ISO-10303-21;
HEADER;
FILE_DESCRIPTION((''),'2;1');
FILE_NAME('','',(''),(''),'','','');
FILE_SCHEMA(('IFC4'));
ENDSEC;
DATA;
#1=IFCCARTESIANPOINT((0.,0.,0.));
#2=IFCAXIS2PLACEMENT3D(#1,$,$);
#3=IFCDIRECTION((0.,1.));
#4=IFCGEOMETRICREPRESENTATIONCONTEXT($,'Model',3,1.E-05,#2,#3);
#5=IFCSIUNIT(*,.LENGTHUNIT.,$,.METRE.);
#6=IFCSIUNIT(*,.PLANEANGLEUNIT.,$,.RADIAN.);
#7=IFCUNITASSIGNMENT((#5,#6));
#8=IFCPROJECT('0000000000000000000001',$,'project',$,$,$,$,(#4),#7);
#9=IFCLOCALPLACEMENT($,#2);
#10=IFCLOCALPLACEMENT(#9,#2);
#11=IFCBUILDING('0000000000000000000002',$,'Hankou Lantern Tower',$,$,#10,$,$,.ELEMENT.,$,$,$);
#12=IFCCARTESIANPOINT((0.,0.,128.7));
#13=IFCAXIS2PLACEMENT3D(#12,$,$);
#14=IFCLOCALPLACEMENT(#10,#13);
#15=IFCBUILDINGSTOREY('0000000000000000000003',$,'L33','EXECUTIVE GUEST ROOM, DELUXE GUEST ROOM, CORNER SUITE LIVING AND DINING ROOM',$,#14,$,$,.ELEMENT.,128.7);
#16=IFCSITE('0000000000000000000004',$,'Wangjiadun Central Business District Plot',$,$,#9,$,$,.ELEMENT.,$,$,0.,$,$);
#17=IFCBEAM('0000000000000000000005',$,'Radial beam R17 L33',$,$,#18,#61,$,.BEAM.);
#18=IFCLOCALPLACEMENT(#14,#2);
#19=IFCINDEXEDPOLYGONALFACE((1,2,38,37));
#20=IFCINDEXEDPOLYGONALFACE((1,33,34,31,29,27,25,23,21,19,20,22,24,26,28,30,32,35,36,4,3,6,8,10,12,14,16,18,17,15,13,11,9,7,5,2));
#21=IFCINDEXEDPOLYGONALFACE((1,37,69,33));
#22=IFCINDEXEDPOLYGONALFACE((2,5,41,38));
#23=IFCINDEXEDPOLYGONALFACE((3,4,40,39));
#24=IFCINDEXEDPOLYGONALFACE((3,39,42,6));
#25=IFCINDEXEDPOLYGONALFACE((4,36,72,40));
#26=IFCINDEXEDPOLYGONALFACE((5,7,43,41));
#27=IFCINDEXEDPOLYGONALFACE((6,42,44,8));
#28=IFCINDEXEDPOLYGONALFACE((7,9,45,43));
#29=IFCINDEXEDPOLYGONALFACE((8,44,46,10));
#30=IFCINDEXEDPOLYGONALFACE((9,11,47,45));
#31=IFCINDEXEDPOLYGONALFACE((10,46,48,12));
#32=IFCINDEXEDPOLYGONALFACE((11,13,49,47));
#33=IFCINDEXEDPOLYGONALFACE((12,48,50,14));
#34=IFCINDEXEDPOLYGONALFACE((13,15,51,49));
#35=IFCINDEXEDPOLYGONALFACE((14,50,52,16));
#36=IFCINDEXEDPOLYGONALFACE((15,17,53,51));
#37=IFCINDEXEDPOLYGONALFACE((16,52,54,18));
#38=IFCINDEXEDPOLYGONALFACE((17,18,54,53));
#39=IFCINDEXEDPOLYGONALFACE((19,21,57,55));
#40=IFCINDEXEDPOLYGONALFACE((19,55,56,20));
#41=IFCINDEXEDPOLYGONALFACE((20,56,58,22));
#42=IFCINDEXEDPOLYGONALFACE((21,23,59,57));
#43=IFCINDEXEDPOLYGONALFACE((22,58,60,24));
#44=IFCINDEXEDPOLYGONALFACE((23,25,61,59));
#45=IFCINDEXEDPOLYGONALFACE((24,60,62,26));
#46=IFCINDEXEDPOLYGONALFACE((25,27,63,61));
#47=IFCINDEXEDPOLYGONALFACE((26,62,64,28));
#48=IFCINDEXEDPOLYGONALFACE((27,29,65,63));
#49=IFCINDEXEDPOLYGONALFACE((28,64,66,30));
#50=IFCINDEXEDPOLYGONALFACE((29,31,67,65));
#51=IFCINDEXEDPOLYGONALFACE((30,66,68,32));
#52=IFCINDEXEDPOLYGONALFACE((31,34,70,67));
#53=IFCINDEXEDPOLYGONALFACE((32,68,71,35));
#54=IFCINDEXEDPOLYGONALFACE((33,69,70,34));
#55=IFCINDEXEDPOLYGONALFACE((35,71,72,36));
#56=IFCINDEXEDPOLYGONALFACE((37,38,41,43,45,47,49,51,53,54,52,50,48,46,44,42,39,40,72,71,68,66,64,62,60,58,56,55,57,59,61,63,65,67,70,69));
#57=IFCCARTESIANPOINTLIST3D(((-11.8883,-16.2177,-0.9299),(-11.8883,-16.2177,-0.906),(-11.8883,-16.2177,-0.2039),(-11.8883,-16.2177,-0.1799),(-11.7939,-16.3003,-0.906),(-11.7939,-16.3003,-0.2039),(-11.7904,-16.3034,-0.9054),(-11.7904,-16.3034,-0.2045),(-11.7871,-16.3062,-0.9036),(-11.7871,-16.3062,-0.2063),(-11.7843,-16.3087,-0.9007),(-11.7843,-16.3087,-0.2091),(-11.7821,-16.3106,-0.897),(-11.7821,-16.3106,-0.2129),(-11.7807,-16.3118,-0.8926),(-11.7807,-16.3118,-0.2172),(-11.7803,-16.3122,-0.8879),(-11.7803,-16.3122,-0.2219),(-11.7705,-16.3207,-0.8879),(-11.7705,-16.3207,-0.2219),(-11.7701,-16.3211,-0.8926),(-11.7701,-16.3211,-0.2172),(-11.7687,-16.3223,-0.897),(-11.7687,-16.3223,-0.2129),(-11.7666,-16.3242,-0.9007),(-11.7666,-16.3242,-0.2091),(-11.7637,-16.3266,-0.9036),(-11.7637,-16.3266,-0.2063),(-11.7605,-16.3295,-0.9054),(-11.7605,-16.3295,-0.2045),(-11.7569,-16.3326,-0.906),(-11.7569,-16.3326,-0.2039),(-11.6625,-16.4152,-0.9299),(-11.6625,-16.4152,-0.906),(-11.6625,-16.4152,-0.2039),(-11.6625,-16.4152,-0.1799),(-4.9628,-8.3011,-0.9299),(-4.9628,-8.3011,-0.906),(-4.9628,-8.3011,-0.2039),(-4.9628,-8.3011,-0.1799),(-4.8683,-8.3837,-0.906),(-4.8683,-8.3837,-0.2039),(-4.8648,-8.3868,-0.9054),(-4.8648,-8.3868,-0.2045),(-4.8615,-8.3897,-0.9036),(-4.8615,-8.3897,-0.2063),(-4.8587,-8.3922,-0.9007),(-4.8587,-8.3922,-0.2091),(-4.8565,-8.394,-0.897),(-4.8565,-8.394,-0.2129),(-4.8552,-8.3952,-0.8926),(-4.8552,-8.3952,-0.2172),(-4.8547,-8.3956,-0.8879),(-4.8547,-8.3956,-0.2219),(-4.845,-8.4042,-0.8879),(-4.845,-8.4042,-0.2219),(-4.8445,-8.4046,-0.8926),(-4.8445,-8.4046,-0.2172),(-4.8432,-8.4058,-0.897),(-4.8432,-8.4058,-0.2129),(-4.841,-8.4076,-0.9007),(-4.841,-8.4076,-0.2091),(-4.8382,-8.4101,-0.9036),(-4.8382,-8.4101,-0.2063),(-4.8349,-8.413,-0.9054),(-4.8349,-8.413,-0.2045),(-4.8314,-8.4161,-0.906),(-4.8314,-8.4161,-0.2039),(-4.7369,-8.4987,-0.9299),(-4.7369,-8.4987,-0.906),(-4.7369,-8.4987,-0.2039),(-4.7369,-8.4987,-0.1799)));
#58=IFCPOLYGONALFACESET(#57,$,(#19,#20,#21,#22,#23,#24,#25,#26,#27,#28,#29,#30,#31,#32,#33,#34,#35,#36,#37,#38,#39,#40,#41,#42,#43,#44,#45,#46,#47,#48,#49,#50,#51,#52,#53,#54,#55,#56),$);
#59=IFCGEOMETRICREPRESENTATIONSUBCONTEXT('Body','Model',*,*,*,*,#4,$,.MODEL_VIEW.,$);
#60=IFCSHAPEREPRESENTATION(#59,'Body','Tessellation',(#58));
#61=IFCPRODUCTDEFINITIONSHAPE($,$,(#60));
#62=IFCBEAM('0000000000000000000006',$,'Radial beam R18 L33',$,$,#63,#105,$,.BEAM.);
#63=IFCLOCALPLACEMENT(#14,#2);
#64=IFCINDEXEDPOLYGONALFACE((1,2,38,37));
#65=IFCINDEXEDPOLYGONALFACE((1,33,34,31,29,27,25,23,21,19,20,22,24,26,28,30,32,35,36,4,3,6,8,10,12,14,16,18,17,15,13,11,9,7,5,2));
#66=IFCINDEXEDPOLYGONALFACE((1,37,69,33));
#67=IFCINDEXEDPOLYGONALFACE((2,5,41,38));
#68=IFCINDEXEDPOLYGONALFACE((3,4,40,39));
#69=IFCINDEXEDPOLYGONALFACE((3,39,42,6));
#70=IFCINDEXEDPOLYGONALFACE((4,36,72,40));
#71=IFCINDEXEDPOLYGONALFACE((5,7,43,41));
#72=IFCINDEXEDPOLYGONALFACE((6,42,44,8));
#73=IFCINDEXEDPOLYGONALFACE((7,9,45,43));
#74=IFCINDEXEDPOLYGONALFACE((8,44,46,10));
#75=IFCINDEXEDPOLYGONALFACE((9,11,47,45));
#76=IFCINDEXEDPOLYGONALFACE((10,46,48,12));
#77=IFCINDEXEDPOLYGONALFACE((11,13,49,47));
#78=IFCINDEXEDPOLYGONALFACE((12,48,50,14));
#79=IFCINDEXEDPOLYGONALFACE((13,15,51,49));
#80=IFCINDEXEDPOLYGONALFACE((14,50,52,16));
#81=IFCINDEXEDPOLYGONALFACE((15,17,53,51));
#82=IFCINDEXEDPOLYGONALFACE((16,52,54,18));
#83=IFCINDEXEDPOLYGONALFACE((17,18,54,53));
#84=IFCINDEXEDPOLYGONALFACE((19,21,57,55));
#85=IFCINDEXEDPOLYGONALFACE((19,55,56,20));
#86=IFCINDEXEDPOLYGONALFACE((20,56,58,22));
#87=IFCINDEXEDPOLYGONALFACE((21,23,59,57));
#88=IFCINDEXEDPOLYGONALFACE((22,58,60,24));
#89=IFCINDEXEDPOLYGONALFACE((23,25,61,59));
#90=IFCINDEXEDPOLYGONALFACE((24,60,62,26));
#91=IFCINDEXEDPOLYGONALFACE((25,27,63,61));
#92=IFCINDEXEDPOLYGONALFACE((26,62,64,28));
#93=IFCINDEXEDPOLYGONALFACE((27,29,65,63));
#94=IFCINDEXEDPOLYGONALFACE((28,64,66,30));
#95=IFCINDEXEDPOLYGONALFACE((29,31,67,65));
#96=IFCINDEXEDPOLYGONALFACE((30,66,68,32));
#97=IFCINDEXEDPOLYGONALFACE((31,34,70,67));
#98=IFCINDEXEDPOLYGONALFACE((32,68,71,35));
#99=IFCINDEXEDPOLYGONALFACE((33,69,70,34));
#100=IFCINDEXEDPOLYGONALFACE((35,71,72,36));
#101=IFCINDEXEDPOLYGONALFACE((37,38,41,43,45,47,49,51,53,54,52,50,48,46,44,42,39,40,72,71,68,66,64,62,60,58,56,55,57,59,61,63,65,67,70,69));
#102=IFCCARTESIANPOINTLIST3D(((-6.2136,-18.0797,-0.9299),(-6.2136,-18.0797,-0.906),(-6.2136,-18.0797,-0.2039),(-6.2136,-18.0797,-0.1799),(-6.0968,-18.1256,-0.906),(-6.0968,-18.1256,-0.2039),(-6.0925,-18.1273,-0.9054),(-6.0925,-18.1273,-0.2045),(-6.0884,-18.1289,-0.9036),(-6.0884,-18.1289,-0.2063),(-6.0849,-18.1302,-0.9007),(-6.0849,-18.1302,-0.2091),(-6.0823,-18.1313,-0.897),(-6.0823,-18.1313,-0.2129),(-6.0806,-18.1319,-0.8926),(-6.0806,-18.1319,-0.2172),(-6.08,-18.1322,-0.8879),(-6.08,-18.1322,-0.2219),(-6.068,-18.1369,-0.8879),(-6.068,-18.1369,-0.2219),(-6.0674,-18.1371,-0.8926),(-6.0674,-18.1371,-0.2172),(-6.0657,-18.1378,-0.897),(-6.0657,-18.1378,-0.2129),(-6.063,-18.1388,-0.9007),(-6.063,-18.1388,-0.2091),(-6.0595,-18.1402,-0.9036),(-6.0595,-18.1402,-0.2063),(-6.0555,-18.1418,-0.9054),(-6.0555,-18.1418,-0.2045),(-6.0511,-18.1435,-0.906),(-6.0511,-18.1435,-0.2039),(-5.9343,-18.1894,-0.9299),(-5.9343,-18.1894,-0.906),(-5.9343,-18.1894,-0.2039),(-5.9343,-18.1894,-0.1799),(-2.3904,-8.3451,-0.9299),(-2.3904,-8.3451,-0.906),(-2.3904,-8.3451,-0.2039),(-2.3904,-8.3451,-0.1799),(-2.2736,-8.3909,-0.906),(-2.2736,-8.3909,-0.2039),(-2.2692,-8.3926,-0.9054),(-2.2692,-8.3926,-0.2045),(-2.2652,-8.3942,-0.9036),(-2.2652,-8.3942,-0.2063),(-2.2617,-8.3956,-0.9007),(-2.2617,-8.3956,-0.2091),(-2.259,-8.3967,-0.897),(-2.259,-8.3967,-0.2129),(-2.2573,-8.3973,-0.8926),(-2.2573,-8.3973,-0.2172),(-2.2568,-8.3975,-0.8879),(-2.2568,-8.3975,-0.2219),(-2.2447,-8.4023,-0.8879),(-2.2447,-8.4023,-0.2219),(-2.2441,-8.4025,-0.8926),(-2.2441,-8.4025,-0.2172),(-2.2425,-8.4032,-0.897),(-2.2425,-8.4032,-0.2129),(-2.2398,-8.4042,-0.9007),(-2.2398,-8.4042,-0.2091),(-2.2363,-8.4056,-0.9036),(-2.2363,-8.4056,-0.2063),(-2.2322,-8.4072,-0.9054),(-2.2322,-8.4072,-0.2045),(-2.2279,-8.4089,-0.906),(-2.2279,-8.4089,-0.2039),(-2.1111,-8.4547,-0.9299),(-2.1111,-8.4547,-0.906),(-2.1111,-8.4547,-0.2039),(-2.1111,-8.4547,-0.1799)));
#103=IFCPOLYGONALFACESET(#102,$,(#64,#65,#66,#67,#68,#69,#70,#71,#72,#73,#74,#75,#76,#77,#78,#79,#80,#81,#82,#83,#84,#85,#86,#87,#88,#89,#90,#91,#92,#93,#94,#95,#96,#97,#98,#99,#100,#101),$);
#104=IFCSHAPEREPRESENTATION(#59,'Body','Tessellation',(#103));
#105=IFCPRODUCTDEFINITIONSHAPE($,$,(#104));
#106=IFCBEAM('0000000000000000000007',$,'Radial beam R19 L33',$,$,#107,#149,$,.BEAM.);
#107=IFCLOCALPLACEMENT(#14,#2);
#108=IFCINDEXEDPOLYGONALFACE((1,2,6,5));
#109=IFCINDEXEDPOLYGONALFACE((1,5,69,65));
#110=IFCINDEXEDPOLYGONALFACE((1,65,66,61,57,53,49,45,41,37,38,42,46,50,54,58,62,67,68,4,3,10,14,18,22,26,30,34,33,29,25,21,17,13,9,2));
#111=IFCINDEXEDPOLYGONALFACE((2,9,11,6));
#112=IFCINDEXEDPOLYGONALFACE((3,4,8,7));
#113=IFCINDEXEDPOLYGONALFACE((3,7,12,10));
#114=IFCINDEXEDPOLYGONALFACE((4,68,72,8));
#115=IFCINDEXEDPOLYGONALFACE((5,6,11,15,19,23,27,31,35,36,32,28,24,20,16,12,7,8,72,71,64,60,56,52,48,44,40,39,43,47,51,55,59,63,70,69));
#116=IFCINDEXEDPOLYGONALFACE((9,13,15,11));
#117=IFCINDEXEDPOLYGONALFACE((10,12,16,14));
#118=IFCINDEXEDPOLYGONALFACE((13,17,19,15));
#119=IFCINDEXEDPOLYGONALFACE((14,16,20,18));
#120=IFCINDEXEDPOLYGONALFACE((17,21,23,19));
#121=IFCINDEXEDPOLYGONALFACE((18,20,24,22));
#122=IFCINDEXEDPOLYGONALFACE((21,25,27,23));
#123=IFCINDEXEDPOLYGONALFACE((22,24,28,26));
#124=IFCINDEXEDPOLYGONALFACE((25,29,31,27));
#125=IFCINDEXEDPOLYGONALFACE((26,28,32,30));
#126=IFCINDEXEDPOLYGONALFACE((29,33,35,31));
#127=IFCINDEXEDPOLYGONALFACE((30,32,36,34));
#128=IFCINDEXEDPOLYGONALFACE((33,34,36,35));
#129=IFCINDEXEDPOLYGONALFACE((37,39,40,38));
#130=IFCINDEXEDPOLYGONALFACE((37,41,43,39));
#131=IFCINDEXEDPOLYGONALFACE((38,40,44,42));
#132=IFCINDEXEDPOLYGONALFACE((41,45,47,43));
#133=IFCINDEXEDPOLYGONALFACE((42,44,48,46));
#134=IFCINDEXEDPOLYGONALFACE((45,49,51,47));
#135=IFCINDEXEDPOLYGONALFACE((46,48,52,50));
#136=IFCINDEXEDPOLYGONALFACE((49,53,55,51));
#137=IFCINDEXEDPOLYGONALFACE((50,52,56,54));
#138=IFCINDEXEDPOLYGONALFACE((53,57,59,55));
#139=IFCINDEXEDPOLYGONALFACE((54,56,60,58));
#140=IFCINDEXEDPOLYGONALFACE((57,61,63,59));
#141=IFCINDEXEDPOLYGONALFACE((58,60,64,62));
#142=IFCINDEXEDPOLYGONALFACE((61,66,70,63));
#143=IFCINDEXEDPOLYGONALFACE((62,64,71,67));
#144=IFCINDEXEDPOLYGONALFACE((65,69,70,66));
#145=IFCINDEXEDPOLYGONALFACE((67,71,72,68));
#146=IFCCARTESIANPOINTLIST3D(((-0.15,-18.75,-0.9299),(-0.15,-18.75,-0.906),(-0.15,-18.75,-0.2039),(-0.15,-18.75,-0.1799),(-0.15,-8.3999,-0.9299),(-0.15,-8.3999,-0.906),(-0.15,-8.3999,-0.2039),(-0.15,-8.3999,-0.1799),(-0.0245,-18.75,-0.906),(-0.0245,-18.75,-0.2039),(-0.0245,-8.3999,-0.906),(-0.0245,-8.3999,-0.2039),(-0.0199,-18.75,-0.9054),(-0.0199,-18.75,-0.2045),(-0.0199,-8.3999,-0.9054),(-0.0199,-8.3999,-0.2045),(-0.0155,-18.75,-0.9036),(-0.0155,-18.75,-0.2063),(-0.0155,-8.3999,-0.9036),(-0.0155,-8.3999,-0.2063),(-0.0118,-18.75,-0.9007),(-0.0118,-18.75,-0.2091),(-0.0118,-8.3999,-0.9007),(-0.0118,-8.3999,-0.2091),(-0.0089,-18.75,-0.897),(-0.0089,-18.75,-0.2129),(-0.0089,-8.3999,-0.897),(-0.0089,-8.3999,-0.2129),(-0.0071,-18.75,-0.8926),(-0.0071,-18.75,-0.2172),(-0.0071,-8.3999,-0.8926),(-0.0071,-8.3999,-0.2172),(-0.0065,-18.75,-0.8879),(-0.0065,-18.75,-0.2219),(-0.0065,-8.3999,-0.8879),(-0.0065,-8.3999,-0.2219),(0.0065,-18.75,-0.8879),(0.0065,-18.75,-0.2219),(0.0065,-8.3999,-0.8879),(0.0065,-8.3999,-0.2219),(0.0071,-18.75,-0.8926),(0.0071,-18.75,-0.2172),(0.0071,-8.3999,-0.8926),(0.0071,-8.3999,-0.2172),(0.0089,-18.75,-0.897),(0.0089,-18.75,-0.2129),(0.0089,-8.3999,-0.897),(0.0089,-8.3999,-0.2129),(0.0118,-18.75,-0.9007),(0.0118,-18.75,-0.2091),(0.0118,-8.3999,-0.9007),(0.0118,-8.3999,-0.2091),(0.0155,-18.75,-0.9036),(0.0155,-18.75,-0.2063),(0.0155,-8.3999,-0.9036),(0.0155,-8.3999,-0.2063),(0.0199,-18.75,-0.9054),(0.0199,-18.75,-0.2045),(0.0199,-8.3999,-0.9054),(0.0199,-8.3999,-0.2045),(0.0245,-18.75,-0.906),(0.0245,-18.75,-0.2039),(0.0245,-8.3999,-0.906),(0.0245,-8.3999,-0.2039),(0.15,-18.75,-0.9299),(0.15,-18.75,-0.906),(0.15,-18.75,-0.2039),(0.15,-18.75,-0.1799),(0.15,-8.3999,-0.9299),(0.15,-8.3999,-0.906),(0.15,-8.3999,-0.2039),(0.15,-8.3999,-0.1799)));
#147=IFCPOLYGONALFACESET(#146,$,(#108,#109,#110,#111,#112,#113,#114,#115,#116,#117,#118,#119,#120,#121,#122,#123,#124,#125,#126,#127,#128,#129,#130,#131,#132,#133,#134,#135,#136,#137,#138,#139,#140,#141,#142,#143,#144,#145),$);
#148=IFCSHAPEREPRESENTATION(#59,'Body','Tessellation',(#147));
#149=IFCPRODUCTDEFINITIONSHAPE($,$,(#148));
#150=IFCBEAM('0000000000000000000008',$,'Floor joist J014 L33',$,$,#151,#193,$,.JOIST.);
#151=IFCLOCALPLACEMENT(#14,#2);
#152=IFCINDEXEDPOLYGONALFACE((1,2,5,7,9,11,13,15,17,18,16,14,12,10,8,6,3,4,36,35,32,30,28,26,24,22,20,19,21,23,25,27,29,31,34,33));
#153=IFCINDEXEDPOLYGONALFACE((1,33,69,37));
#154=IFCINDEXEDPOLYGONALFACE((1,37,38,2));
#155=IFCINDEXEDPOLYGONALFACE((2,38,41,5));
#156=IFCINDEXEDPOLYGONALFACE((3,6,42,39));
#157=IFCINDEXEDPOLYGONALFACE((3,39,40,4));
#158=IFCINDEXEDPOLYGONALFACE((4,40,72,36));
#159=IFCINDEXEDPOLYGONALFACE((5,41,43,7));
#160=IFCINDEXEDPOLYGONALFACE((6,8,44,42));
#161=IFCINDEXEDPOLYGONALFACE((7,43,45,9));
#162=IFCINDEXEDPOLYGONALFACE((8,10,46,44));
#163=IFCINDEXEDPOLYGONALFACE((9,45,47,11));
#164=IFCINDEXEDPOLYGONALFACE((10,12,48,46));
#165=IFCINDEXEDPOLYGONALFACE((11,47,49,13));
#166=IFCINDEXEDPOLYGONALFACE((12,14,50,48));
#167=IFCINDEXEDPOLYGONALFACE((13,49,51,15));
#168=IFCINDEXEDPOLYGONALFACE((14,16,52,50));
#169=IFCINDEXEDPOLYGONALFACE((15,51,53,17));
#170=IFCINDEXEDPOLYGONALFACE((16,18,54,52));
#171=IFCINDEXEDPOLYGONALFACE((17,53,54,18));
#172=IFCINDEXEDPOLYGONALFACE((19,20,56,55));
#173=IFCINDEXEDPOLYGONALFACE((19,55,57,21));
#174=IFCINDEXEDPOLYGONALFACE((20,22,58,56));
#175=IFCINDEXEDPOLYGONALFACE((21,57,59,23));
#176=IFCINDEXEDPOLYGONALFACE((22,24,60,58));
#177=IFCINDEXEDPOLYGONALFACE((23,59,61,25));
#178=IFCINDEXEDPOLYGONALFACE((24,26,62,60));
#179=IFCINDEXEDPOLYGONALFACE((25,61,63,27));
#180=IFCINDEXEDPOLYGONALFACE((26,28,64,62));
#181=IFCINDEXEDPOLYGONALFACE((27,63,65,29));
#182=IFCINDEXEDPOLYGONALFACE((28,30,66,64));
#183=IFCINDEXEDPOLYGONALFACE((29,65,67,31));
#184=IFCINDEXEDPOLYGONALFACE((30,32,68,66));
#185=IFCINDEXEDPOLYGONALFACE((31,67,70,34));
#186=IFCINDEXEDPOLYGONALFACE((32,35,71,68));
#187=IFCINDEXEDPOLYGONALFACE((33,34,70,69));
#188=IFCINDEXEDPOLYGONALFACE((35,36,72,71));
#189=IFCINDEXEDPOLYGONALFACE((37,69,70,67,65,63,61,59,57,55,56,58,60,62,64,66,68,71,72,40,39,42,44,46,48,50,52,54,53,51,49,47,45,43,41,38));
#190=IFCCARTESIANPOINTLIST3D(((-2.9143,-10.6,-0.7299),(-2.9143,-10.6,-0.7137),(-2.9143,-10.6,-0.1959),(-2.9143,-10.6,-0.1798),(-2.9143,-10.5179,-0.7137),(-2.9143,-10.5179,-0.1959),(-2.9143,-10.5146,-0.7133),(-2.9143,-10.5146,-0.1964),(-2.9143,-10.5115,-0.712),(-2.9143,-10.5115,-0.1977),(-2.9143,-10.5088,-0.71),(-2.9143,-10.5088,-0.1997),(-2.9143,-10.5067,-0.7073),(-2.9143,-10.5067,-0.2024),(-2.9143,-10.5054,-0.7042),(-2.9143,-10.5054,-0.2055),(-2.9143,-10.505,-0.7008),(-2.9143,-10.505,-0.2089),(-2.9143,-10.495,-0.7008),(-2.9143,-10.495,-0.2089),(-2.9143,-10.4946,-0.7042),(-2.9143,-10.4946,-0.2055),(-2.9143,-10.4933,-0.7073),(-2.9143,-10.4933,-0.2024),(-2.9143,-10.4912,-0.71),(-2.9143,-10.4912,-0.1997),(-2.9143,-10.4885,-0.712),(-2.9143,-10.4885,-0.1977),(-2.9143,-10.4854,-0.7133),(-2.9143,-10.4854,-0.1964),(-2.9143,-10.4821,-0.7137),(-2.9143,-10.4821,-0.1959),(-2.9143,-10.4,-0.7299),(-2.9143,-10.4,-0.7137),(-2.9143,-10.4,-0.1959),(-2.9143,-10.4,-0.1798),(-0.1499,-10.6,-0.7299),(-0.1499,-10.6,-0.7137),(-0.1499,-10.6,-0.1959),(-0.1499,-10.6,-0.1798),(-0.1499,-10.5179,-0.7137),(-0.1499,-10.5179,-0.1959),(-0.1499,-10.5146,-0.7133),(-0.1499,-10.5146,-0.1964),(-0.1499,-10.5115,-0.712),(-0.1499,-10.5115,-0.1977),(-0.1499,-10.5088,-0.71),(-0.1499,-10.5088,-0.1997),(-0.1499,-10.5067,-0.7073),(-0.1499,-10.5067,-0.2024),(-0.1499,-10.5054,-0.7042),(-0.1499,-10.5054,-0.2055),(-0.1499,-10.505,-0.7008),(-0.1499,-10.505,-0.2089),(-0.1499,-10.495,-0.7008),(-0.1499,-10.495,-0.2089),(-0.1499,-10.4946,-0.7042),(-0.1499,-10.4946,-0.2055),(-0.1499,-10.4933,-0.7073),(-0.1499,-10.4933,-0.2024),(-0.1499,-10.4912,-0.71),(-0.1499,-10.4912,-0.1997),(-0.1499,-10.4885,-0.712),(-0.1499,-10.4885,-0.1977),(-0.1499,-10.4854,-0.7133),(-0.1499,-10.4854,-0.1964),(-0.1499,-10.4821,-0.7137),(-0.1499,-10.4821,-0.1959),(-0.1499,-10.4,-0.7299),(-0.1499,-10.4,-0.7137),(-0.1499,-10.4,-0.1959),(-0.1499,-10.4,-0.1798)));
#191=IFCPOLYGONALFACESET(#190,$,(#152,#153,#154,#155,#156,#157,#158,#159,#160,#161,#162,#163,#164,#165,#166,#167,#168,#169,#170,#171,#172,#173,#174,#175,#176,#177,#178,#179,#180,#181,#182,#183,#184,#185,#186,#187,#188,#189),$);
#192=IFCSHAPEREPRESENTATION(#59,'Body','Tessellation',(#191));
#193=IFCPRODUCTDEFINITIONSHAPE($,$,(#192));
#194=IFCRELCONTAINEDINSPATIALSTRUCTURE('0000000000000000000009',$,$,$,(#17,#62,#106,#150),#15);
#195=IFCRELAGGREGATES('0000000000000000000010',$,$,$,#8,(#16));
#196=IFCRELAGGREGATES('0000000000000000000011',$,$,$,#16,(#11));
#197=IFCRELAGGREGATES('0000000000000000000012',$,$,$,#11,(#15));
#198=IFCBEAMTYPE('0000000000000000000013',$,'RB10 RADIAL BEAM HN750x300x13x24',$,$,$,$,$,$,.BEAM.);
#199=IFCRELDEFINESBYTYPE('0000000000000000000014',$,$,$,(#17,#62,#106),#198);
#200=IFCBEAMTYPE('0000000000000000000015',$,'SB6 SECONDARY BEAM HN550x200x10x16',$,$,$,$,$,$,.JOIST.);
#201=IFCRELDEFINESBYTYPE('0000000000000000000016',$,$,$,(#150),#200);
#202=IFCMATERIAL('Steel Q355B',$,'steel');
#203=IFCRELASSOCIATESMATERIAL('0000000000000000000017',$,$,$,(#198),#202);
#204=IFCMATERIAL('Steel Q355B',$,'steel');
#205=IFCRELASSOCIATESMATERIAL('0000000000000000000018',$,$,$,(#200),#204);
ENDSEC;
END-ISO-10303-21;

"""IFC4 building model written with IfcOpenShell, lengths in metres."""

from ifc_helpers import new_model, si_unit, direction, frame, origin, origin_2d, place, context, subcontext, project, spatial, i_section, extrude, material, material_profile, profile_set, type_object, element, save


model = new_model("IFC4")

# Units and contexts
model_context = context("Model", 3, precision=1e-05, world=origin(), true_north=direction((0.0, 1.0)))
body_context = subcontext(model_context, "Body", "Model", "MODEL_VIEW")
ifc_project = project(units=[si_unit("LENGTHUNIT", "METRE"), si_unit("PLANEANGLEUNIT", "RADIAN")], contexts=[model_context])

# Site, building, storey
site_placement = place(None, origin())
site = spatial("IfcSite", under=ifc_project, at=site_placement, Name="Wangjiadun Central Business District Plot", CompositionType="ELEMENT", RefElevation=0.0)
building_placement = place(site_placement, origin())
building = spatial("IfcBuilding", under=site, at=building_placement, Name="Hankou Lantern Tower", CompositionType="ELEMENT")
storey_placement = place(building_placement, frame((0.0, 0.0, 128.7)))
storey = spatial("IfcBuildingStorey", under=building, at=storey_placement, Name="L33", Description="EXECUTIVE GUEST ROOM, DELUXE GUEST ROOM, CORNER SUITE LIVING AND DINING ROOM", CompositionType="ELEMENT", Elevation=128.7)

# Beams
ifc_material_1 = material(Name="Steel Q355B", Category="steel")
ifc_material_profile_1 = material_profile(ifc_material_1, i_section(OverallWidth=0.3, OverallDepth=0.75, WebThickness=0.0129, FlangeThickness=0.0239, FilletRadius=0.0181, at=origin_2d()), Name="HN750x300x13x24")
ifc_profile_set_1 = profile_set([ifc_material_profile_1], Name="Steel Q355B")
beam_type_1 = type_object("IfcBeamType", Name="RB10 RADIAL BEAM HN750x300x13x24", PredefinedType="BEAM", material=ifc_profile_set_1)
beam_1_placement = place(storey_placement, frame((-4.8499, -8.3999, -0.5549), z_axis=(-0.658429, -0.752643, 0.0), x_axis=(0.752643, -0.658429, 0.0)))
element("IfcBeam", 1, at=beam_1_placement, inside=storey, type_object=beam_type_1, Name="Radial beam R17 L33", PredefinedType="BEAM", context=body_context, shape_type="SweptSolid", body=[
    extrude(i_section(OverallWidth=0.3, OverallDepth=0.75, WebThickness=0.0129, FlangeThickness=0.0239, FilletRadius=0.0181, at=origin_2d()), origin(), (0.0, 0.0, 1.0), 10.5183),
])
beam_2_placement = place(storey_placement, frame((-2.2507, -8.3999, -0.5549), z_axis=(-0.365564, -0.930786, 0.0), x_axis=(0.930786, -0.365564, 0.0)))
element("IfcBeam", 2, at=beam_2_placement, inside=storey, type_object=beam_type_1, Name="Radial beam R18 L33", PredefinedType="BEAM", context=body_context, shape_type="SweptSolid", body=[
    extrude(i_section(OverallWidth=0.3, OverallDepth=0.75, WebThickness=0.0129, FlangeThickness=0.0239, FilletRadius=0.0181, at=origin_2d()), origin(), (0.0, 0.0, 1.0), 10.4585),
])
beam_3_placement = place(storey_placement, frame((0.0, -8.3999, -0.5549), z_axis=(0.0, -1.0, 0.0), x_axis=(1.0, 0.0, 0.0)))
element("IfcBeam", 3, at=beam_3_placement, inside=storey, type_object=beam_type_1, Name="Radial beam R19 L33", PredefinedType="BEAM", context=body_context, shape_type="SweptSolid", body=[
    extrude(i_section(OverallWidth=0.3, OverallDepth=0.75, WebThickness=0.0129, FlangeThickness=0.0239, FilletRadius=0.0181, at=origin_2d()), origin(), (0.0, 0.0, 1.0), 10.3501),
])
ifc_material_2 = material(Name="Steel Q355B", Category="steel")
ifc_material_profile_2 = material_profile(ifc_material_2, i_section(OverallWidth=0.2, OverallDepth=0.55, WebThickness=0.01, FlangeThickness=0.0161, FilletRadius=0.0129, at=origin_2d()), Name="HN550x200x10x16")
ifc_profile_set_2 = profile_set([ifc_material_profile_2], Name="Steel Q355B")
beam_type_2 = type_object("IfcBeamType", Name="SB6 SECONDARY BEAM HN550x200x10x16", PredefinedType="JOIST", material=ifc_profile_set_2)
beam_4_placement = place(storey_placement, frame((-2.9143, -10.5, -0.4548), z_axis=(1.0, 0.0, 0.0), x_axis=(0.0, 1.0, 0.0)))
element("IfcBeam", 4, at=beam_4_placement, inside=storey, type_object=beam_type_2, Name="Floor joist J014 L33", PredefinedType="JOIST", context=body_context, shape_type="SweptSolid", body=[
    extrude(i_section(OverallWidth=0.2, OverallDepth=0.55, WebThickness=0.01, FlangeThickness=0.0161, FilletRadius=0.0129, at=origin_2d()), origin(), (0.0, 0.0, 1.0), 2.7644),
])

save(model, "model.ifc")
